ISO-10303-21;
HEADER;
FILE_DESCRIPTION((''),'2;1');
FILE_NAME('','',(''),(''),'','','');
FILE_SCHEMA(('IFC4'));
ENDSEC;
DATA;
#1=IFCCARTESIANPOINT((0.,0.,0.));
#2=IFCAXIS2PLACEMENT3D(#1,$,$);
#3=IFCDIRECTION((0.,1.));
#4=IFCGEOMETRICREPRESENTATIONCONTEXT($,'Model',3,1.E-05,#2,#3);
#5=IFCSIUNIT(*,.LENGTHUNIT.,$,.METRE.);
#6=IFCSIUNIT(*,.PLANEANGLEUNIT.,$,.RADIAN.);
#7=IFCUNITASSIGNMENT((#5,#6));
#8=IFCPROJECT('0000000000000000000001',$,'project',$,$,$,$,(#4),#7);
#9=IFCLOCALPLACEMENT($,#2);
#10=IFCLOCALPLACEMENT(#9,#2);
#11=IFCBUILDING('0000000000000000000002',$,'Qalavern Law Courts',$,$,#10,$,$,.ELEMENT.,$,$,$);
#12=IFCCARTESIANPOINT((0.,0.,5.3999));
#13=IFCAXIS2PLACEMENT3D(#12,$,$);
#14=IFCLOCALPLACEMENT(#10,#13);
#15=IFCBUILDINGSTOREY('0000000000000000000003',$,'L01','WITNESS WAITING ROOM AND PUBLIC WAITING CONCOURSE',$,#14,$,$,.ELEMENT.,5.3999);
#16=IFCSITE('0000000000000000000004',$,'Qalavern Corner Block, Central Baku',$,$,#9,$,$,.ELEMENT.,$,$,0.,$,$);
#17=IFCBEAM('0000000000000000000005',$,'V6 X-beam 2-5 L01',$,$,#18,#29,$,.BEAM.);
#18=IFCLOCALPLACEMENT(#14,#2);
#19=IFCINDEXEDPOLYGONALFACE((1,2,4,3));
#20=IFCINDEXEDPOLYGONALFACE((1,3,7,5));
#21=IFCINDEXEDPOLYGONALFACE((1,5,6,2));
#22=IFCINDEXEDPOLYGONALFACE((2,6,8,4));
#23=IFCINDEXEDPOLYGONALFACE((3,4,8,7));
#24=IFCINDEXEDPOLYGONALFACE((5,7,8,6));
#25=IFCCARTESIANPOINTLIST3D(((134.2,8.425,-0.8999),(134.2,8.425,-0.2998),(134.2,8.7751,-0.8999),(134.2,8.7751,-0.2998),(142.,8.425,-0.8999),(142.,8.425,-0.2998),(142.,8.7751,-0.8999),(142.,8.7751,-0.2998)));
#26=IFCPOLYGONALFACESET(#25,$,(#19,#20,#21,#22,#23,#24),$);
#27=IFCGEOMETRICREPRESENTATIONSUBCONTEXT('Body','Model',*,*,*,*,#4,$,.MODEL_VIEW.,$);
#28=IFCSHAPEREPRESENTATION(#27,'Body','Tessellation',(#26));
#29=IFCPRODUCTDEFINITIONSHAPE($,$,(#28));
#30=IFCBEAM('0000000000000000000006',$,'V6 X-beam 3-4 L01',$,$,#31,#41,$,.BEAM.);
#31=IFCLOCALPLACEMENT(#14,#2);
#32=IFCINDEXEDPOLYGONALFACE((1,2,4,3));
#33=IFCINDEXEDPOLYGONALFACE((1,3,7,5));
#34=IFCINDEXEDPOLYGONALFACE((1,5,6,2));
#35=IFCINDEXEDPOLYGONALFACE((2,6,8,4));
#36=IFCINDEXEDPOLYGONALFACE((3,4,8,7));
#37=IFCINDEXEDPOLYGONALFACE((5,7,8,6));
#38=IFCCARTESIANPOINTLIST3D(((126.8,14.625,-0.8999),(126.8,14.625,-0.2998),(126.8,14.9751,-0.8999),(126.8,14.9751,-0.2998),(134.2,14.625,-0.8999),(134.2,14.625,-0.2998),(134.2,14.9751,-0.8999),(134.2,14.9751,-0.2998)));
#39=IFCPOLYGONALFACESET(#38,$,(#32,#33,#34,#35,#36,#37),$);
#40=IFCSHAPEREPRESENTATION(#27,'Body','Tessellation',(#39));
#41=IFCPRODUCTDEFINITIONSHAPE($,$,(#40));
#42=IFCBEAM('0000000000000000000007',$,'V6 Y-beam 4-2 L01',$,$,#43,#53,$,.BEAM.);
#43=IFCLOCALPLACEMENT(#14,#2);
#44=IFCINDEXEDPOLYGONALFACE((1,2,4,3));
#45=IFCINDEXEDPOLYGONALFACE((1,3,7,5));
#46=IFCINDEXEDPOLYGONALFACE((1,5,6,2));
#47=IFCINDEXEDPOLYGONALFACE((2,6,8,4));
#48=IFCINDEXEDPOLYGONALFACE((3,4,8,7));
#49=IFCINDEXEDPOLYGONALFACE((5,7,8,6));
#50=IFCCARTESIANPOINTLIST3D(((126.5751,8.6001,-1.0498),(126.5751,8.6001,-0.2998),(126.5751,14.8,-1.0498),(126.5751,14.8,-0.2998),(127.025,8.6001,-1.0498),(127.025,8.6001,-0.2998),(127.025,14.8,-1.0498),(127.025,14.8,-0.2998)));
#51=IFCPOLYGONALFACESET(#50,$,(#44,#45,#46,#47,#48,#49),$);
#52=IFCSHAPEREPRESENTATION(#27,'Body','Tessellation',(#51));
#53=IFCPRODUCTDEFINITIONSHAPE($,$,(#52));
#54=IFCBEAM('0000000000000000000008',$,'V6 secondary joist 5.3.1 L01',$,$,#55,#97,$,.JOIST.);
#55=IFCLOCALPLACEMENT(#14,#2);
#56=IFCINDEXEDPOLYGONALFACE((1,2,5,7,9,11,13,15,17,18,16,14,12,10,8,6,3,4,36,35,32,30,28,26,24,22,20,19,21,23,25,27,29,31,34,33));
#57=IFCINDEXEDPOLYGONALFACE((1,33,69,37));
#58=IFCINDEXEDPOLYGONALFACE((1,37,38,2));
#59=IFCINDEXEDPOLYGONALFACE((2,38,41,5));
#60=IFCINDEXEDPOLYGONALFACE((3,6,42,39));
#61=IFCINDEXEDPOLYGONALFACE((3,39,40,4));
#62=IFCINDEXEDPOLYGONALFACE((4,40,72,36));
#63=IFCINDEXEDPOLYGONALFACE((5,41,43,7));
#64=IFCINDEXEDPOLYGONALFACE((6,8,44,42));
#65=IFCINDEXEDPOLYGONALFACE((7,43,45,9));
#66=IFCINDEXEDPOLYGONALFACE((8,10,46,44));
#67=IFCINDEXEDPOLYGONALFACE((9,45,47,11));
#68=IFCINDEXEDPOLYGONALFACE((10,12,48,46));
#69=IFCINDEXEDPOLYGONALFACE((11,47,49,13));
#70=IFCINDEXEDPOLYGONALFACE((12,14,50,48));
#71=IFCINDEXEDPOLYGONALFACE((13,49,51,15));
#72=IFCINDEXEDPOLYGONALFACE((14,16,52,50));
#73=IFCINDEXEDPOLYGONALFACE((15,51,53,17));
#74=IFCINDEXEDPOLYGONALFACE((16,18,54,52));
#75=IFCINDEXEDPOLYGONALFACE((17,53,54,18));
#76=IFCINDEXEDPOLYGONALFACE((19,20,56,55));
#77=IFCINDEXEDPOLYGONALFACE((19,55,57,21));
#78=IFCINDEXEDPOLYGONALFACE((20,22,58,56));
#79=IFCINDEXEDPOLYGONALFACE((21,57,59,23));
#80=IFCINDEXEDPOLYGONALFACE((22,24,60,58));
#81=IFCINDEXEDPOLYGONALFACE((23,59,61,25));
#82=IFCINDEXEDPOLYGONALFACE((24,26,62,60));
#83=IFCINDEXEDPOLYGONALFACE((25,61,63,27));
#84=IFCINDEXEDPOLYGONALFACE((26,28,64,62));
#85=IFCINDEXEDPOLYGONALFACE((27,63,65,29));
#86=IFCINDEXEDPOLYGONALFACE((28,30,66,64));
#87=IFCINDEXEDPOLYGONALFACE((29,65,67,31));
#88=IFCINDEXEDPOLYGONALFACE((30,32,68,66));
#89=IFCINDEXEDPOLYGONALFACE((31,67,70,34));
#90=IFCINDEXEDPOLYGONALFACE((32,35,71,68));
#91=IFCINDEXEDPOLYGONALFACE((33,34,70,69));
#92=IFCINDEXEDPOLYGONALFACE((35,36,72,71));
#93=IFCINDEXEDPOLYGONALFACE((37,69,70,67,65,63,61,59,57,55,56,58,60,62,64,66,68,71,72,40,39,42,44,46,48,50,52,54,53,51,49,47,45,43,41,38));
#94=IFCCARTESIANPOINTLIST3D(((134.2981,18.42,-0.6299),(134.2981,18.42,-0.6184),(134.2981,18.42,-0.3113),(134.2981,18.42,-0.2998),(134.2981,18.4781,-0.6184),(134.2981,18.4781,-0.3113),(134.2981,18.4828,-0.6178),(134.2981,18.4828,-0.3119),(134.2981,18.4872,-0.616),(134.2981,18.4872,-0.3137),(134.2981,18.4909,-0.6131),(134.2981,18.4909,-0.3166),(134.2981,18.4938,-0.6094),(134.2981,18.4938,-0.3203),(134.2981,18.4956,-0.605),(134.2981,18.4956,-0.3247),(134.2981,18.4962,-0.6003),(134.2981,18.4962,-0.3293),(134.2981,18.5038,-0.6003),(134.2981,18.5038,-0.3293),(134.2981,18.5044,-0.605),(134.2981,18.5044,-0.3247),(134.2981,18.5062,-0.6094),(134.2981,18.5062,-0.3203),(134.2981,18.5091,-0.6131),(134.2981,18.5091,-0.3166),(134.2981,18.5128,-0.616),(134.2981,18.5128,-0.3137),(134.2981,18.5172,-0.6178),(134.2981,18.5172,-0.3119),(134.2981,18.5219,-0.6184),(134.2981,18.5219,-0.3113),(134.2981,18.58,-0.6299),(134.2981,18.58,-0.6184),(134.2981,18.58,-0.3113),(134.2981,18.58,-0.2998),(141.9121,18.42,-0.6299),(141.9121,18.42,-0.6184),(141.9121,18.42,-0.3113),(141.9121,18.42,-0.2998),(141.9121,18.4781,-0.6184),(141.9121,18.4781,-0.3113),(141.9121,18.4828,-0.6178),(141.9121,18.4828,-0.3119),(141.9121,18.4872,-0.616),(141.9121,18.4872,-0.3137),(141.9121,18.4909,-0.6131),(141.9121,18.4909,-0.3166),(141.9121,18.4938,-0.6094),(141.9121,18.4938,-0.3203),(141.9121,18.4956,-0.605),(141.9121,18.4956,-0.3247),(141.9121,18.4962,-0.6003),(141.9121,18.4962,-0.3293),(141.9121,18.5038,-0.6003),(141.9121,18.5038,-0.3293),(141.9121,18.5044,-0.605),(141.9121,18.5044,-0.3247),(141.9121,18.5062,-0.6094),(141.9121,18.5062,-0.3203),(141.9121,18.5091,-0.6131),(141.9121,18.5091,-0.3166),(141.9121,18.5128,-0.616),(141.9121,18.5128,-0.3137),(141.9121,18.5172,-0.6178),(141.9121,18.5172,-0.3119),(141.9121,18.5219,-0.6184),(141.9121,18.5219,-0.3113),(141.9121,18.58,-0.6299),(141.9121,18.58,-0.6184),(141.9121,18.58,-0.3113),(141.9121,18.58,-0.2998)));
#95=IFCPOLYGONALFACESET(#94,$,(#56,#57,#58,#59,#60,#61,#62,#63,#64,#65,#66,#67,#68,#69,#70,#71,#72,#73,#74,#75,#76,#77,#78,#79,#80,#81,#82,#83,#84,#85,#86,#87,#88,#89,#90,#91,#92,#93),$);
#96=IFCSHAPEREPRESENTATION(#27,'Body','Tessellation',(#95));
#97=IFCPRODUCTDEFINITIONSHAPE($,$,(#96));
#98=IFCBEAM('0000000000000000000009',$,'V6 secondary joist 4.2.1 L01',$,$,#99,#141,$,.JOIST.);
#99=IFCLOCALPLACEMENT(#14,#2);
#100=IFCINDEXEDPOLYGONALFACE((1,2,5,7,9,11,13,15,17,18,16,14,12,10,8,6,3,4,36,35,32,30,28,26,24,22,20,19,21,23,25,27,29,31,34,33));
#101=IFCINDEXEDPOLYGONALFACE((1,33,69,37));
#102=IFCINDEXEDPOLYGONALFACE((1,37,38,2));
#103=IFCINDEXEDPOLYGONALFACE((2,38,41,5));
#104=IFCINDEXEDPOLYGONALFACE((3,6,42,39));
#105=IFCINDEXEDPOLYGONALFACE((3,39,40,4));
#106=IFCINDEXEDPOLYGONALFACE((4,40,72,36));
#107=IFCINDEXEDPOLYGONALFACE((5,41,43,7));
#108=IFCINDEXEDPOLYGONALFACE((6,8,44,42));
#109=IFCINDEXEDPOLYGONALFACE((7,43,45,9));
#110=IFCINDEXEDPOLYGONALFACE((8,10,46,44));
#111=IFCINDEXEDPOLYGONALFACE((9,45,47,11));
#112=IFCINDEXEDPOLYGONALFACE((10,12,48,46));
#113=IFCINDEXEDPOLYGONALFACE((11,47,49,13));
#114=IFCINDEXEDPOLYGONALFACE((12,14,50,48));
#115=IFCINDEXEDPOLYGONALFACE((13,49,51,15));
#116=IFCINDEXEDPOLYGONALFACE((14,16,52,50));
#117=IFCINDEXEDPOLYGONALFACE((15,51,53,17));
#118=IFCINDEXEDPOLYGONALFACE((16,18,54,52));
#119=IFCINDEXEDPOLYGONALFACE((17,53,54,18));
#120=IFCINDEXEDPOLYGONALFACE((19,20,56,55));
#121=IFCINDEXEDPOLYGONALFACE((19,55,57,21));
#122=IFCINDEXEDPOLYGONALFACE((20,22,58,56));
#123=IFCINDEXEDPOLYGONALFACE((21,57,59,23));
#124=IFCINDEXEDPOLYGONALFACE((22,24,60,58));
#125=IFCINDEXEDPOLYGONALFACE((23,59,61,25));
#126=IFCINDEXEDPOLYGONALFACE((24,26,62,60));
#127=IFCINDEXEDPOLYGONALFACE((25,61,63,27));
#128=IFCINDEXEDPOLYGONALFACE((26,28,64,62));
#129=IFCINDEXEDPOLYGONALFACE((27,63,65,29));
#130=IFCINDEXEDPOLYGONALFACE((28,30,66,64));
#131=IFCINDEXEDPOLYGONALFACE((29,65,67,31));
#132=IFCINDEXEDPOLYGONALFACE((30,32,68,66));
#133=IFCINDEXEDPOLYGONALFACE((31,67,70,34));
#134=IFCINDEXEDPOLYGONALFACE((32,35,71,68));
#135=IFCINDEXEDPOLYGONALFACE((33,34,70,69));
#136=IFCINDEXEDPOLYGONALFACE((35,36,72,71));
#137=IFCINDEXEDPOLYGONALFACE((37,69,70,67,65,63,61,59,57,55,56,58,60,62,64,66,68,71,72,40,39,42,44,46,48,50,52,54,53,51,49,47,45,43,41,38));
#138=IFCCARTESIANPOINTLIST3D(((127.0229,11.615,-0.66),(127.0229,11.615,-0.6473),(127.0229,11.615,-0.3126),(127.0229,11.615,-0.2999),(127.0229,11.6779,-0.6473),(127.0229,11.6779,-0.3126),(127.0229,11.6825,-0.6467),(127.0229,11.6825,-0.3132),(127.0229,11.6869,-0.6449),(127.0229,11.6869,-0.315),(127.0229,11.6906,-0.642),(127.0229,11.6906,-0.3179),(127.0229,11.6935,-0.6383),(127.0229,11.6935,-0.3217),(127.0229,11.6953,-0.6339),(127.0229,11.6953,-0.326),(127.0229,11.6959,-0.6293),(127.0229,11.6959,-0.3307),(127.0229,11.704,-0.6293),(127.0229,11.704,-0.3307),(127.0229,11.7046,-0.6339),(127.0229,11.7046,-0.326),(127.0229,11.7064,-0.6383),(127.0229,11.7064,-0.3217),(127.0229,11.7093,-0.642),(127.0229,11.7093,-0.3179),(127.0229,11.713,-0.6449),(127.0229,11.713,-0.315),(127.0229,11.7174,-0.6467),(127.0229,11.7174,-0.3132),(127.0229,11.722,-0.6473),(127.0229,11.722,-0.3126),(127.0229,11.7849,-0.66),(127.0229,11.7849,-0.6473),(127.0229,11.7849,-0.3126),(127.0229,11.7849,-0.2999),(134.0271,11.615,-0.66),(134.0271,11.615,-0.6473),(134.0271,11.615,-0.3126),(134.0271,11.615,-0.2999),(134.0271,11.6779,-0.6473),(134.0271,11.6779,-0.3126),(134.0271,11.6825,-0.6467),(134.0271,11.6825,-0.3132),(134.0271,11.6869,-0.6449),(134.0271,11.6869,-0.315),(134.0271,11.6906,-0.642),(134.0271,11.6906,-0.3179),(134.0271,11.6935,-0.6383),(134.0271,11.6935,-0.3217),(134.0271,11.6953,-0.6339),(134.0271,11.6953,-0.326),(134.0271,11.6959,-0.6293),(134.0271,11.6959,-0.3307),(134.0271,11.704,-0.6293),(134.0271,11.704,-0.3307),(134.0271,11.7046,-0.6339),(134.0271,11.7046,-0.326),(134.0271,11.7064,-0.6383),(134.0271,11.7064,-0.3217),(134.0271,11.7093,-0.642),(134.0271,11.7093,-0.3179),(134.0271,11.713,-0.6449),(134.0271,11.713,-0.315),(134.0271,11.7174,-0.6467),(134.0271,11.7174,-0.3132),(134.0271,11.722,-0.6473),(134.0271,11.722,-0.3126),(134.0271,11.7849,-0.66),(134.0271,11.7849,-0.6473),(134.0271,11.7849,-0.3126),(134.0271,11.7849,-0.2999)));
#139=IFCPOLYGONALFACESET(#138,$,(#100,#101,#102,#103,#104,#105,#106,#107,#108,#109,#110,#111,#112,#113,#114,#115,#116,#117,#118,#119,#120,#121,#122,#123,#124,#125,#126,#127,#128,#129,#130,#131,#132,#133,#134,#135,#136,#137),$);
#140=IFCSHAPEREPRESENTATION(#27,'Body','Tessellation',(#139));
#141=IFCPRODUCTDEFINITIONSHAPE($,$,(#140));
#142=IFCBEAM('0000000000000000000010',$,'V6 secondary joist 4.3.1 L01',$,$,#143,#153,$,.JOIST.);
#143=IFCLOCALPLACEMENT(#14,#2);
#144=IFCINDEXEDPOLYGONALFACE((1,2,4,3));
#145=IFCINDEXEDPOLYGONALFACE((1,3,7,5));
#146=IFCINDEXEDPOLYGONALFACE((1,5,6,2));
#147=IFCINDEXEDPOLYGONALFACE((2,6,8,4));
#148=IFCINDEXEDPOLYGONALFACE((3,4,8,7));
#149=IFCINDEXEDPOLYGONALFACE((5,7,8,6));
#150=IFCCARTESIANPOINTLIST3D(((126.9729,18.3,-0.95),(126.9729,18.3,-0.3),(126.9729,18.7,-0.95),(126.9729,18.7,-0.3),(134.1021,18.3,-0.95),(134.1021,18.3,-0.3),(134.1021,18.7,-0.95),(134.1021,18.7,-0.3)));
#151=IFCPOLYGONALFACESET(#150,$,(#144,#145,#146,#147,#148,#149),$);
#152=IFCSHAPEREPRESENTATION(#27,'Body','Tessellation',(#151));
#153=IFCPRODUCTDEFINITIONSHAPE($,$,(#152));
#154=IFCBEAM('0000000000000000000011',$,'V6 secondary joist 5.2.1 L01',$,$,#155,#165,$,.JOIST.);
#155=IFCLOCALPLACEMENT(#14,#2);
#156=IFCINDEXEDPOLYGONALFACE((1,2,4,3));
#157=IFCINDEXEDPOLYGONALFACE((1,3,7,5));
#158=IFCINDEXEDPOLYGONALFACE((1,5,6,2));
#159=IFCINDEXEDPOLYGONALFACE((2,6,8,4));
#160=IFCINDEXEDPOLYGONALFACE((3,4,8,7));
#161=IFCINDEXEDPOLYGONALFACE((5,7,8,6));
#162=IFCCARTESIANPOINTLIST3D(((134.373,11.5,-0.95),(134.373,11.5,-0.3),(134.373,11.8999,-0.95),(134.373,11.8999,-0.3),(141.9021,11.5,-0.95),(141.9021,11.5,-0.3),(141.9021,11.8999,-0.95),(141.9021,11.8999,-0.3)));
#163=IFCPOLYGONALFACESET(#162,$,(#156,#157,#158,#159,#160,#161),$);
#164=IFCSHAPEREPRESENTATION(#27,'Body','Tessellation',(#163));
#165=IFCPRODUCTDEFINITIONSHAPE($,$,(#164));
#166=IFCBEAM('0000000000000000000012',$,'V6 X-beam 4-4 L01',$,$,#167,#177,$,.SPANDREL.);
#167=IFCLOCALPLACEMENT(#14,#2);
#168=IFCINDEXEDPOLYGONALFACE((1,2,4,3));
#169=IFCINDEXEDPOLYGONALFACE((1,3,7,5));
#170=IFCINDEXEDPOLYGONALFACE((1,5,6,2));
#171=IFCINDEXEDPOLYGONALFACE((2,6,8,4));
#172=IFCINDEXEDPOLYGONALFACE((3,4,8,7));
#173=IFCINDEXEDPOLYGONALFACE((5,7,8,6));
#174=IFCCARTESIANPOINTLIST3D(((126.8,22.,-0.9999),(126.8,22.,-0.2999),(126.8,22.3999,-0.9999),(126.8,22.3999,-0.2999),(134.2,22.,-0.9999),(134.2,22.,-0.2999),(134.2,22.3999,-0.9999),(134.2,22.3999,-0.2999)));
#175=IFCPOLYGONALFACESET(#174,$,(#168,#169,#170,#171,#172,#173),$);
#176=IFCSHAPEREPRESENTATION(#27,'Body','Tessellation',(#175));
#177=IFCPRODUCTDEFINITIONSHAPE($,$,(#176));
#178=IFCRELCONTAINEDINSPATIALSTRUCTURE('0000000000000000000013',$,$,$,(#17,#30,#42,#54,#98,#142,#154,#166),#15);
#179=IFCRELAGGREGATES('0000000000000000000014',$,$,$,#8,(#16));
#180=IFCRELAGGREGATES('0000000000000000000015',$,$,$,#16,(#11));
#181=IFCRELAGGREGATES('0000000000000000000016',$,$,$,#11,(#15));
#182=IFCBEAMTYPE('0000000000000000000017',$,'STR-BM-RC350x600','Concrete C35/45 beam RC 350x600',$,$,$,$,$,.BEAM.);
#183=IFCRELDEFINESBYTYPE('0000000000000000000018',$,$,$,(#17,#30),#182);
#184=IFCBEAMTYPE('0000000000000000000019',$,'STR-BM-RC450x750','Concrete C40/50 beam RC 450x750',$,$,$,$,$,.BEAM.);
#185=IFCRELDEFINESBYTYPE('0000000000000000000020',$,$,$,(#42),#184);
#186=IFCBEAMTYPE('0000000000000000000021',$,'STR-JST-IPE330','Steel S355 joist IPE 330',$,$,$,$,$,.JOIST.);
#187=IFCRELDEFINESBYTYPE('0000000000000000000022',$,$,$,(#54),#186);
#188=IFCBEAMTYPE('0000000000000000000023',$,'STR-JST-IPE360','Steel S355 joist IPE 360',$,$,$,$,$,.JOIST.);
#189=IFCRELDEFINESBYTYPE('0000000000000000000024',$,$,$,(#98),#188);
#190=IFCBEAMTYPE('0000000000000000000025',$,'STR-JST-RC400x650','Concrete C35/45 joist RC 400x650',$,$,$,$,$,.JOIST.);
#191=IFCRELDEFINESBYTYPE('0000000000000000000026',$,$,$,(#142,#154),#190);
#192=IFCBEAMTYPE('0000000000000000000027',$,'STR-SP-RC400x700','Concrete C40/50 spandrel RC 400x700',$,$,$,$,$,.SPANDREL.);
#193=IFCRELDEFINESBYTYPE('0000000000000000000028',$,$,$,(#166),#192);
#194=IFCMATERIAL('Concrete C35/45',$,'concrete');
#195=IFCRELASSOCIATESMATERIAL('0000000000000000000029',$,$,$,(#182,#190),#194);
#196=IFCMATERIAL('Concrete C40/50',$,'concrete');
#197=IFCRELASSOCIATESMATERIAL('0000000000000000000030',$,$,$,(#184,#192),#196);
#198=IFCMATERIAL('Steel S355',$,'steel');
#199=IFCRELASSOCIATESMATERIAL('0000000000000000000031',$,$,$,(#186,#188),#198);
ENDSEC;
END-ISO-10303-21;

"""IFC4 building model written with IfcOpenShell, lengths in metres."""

from ifc_helpers import new_model, si_unit, direction, frame, origin, origin_2d, place, context, subcontext, project, spatial, rectangle, i_section, extrude, material, material_profile, profile_set, type_object, element, save


model = new_model("IFC4")

# Units and contexts
model_context = context("Model", 3, precision=1e-05, world=origin(), true_north=direction((0.0, 1.0)))
body_context = subcontext(model_context, "Body", "Model", "MODEL_VIEW")
ifc_project = project(units=[si_unit("LENGTHUNIT", "METRE"), si_unit("PLANEANGLEUNIT", "RADIAN")], contexts=[model_context])

# Site, building, storey
site_placement = place(None, origin())
site = spatial("IfcSite", under=ifc_project, at=site_placement, Name="Qalavern Corner Block, Central Baku", CompositionType="ELEMENT", RefElevation=0.0)
building_placement = place(site_placement, origin())
building = spatial("IfcBuilding", under=site, at=building_placement, Name="Qalavern Law Courts", CompositionType="ELEMENT")
storey_placement = place(building_placement, frame((0.0, 0.0, 5.3999)))
storey = spatial("IfcBuildingStorey", under=building, at=storey_placement, Name="L01", Description="WITNESS WAITING ROOM AND PUBLIC WAITING CONCOURSE", CompositionType="ELEMENT", Elevation=5.3999)

# Beams
ifc_material_1 = material(Name="Steel S355", Category="steel")
ifc_material_2 = material(Name="Concrete C35/45", Category="concrete")
ifc_material_profile_1 = material_profile(ifc_material_2, rectangle(XDim=0.3501, YDim=0.6001, at=origin_2d()), Name="RC 350x600")
ifc_profile_set_1 = profile_set([ifc_material_profile_1], Name="Concrete C35/45")
beam_type_1 = type_object("IfcBeamType", Name="STR-BM-RC350x600", Description="Concrete C35/45 beam RC 350x600", PredefinedType="BEAM", material=ifc_profile_set_1)
beam_1_placement = place(storey_placement, frame((134.2, 8.6001, -0.5999), z_axis=(1.0, 0.0, 0.0), x_axis=(0.0, 1.0, 0.0)))
element("IfcBeam", 1, at=beam_1_placement, inside=storey, type_object=beam_type_1, Name="V6 X-beam 2-5 L01", PredefinedType="BEAM", context=body_context, shape_type="SweptSolid", body=[
    extrude(rectangle(XDim=0.3501, YDim=0.6001, at=origin_2d()), origin(), (0.0, 0.0, 1.0), 7.8),
])
beam_2_placement = place(storey_placement, frame((126.8, 14.8, -0.5999), z_axis=(1.0, 0.0, 0.0), x_axis=(0.0, 1.0, 0.0)))
element("IfcBeam", 2, at=beam_2_placement, inside=storey, type_object=beam_type_1, Name="V6 X-beam 3-4 L01", PredefinedType="BEAM", context=body_context, shape_type="SweptSolid", body=[
    extrude(rectangle(XDim=0.3501, YDim=0.6001, at=origin_2d()), origin(), (0.0, 0.0, 1.0), 7.3999),
])
ifc_material_3 = material(Name="Concrete C40/50", Category="concrete")
ifc_material_profile_2 = material_profile(ifc_material_3, rectangle(XDim=0.45, YDim=0.75, at=origin_2d()), Name="RC 450x750")
ifc_profile_set_2 = profile_set([ifc_material_profile_2], Name="Concrete C40/50")
beam_type_2 = type_object("IfcBeamType", Name="STR-BM-RC450x750", Description="Concrete C40/50 beam RC 450x750", PredefinedType="BEAM", material=ifc_profile_set_2)
beam_3_placement = place(storey_placement, frame((126.8, 8.6001, -0.6748), z_axis=(0.0, 1.0, 0.0), x_axis=(-1.0, 0.0, 0.0)))
element("IfcBeam", 3, at=beam_3_placement, inside=storey, type_object=beam_type_2, Name="V6 Y-beam 4-2 L01", PredefinedType="BEAM", context=body_context, shape_type="SweptSolid", body=[
    extrude(rectangle(XDim=0.45, YDim=0.75, at=origin_2d()), origin(), (0.0, 0.0, 1.0), 6.2),
])
ifc_material_profile_3 = material_profile(ifc_material_1, i_section(OverallWidth=0.1599, OverallDepth=0.3301, WebThickness=0.0076, FlangeThickness=0.0115, FilletRadius=0.0181, at=origin_2d()), Name="IPE 330")
ifc_profile_set_3 = profile_set([ifc_material_profile_3], Name="Steel S355")
beam_type_3 = type_object("IfcBeamType", Name="STR-JST-IPE330", Description="Steel S355 joist IPE 330", PredefinedType="JOIST", material=ifc_profile_set_3)
beam_4_placement = place(storey_placement, frame((134.2981, 18.5, -0.4648), z_axis=(1.0, 0.0, 0.0), x_axis=(0.0, 1.0, 0.0)))
element("IfcBeam", 4, at=beam_4_placement, inside=storey, type_object=beam_type_3, Name="V6 secondary joist 5.3.1 L01", PredefinedType="JOIST", context=body_context, shape_type="SweptSolid", body=[
    extrude(i_section(OverallWidth=0.1599, OverallDepth=0.3301, WebThickness=0.0076, FlangeThickness=0.0115, FilletRadius=0.0181, at=origin_2d()), origin(), (0.0, 0.0, 1.0), 7.614),
])
ifc_material_profile_4 = material_profile(ifc_material_1, i_section(OverallWidth=0.1699, OverallDepth=0.3601, WebThickness=0.0081, FlangeThickness=0.0127, FilletRadius=0.0181, at=origin_2d()), Name="IPE 360")
ifc_profile_set_4 = profile_set([ifc_material_profile_4], Name="Steel S355")
beam_type_4 = type_object("IfcBeamType", Name="STR-JST-IPE360", Description="Steel S355 joist IPE 360", PredefinedType="JOIST", material=ifc_profile_set_4)
beam_5_placement = place(storey_placement, frame((127.0229, 11.7, -0.48), z_axis=(1.0, 0.0, 0.0), x_axis=(0.0, 1.0, 0.0)))
element("IfcBeam", 5, at=beam_5_placement, inside=storey, type_object=beam_type_4, Name="V6 secondary joist 4.2.1 L01", PredefinedType="JOIST", context=body_context, shape_type="SweptSolid", body=[
    extrude(i_section(OverallWidth=0.1699, OverallDepth=0.3601, WebThickness=0.0081, FlangeThickness=0.0127, FilletRadius=0.0181, at=origin_2d()), origin(), (0.0, 0.0, 1.0), 7.0042),
])
ifc_material_profile_5 = material_profile(ifc_material_2, rectangle(XDim=0.3999, YDim=0.6499, at=origin_2d()), Name="RC 400x650")
ifc_profile_set_5 = profile_set([ifc_material_profile_5], Name="Concrete C35/45")
beam_type_5 = type_object("IfcBeamType", Name="STR-JST-RC400x650", Description="Concrete C35/45 joist RC 400x650", PredefinedType="JOIST", material=ifc_profile_set_5)
beam_6_placement = place(storey_placement, frame((126.9729, 18.5, -0.625), z_axis=(1.0, 0.0, 0.0), x_axis=(0.0, 1.0, 0.0)))
element("IfcBeam", 6, at=beam_6_placement, inside=storey, type_object=beam_type_5, Name="V6 secondary joist 4.3.1 L01", PredefinedType="JOIST", context=body_context, shape_type="SweptSolid", body=[
    extrude(rectangle(XDim=0.3999, YDim=0.6499, at=origin_2d()), origin(), (0.0, 0.0, 1.0), 7.1292),
])
beam_7_placement = place(storey_placement, frame((134.373, 11.7, -0.625), z_axis=(1.0, 0.0, 0.0), x_axis=(0.0, 1.0, 0.0)))
element("IfcBeam", 7, at=beam_7_placement, inside=storey, type_object=beam_type_5, Name="V6 secondary joist 5.2.1 L01", PredefinedType="JOIST", context=body_context, shape_type="SweptSolid", body=[
    extrude(rectangle(XDim=0.3999, YDim=0.6499, at=origin_2d()), origin(), (0.0, 0.0, 1.0), 7.5291),
])
ifc_material_profile_6 = material_profile(ifc_material_3, rectangle(XDim=0.3999, YDim=0.7, at=origin_2d()), Name="RC 400x700")
ifc_profile_set_6 = profile_set([ifc_material_profile_6], Name="Concrete C40/50")
beam_type_6 = type_object("IfcBeamType", Name="STR-SP-RC400x700", Description="Concrete C40/50 spandrel RC 400x700", PredefinedType="SPANDREL", material=ifc_profile_set_6)
beam_8_placement = place(storey_placement, frame((126.8, 22.2, -0.6499), z_axis=(1.0, 0.0, 0.0), x_axis=(0.0, 1.0, 0.0)))
element("IfcBeam", 8, at=beam_8_placement, inside=storey, type_object=beam_type_6, Name="V6 X-beam 4-4 L01", PredefinedType="SPANDREL", context=body_context, shape_type="SweptSolid", body=[
    extrude(rectangle(XDim=0.3999, YDim=0.7, at=origin_2d()), origin(), (0.0, 0.0, 1.0), 7.3999),
])

save(model, "model.ifc")
